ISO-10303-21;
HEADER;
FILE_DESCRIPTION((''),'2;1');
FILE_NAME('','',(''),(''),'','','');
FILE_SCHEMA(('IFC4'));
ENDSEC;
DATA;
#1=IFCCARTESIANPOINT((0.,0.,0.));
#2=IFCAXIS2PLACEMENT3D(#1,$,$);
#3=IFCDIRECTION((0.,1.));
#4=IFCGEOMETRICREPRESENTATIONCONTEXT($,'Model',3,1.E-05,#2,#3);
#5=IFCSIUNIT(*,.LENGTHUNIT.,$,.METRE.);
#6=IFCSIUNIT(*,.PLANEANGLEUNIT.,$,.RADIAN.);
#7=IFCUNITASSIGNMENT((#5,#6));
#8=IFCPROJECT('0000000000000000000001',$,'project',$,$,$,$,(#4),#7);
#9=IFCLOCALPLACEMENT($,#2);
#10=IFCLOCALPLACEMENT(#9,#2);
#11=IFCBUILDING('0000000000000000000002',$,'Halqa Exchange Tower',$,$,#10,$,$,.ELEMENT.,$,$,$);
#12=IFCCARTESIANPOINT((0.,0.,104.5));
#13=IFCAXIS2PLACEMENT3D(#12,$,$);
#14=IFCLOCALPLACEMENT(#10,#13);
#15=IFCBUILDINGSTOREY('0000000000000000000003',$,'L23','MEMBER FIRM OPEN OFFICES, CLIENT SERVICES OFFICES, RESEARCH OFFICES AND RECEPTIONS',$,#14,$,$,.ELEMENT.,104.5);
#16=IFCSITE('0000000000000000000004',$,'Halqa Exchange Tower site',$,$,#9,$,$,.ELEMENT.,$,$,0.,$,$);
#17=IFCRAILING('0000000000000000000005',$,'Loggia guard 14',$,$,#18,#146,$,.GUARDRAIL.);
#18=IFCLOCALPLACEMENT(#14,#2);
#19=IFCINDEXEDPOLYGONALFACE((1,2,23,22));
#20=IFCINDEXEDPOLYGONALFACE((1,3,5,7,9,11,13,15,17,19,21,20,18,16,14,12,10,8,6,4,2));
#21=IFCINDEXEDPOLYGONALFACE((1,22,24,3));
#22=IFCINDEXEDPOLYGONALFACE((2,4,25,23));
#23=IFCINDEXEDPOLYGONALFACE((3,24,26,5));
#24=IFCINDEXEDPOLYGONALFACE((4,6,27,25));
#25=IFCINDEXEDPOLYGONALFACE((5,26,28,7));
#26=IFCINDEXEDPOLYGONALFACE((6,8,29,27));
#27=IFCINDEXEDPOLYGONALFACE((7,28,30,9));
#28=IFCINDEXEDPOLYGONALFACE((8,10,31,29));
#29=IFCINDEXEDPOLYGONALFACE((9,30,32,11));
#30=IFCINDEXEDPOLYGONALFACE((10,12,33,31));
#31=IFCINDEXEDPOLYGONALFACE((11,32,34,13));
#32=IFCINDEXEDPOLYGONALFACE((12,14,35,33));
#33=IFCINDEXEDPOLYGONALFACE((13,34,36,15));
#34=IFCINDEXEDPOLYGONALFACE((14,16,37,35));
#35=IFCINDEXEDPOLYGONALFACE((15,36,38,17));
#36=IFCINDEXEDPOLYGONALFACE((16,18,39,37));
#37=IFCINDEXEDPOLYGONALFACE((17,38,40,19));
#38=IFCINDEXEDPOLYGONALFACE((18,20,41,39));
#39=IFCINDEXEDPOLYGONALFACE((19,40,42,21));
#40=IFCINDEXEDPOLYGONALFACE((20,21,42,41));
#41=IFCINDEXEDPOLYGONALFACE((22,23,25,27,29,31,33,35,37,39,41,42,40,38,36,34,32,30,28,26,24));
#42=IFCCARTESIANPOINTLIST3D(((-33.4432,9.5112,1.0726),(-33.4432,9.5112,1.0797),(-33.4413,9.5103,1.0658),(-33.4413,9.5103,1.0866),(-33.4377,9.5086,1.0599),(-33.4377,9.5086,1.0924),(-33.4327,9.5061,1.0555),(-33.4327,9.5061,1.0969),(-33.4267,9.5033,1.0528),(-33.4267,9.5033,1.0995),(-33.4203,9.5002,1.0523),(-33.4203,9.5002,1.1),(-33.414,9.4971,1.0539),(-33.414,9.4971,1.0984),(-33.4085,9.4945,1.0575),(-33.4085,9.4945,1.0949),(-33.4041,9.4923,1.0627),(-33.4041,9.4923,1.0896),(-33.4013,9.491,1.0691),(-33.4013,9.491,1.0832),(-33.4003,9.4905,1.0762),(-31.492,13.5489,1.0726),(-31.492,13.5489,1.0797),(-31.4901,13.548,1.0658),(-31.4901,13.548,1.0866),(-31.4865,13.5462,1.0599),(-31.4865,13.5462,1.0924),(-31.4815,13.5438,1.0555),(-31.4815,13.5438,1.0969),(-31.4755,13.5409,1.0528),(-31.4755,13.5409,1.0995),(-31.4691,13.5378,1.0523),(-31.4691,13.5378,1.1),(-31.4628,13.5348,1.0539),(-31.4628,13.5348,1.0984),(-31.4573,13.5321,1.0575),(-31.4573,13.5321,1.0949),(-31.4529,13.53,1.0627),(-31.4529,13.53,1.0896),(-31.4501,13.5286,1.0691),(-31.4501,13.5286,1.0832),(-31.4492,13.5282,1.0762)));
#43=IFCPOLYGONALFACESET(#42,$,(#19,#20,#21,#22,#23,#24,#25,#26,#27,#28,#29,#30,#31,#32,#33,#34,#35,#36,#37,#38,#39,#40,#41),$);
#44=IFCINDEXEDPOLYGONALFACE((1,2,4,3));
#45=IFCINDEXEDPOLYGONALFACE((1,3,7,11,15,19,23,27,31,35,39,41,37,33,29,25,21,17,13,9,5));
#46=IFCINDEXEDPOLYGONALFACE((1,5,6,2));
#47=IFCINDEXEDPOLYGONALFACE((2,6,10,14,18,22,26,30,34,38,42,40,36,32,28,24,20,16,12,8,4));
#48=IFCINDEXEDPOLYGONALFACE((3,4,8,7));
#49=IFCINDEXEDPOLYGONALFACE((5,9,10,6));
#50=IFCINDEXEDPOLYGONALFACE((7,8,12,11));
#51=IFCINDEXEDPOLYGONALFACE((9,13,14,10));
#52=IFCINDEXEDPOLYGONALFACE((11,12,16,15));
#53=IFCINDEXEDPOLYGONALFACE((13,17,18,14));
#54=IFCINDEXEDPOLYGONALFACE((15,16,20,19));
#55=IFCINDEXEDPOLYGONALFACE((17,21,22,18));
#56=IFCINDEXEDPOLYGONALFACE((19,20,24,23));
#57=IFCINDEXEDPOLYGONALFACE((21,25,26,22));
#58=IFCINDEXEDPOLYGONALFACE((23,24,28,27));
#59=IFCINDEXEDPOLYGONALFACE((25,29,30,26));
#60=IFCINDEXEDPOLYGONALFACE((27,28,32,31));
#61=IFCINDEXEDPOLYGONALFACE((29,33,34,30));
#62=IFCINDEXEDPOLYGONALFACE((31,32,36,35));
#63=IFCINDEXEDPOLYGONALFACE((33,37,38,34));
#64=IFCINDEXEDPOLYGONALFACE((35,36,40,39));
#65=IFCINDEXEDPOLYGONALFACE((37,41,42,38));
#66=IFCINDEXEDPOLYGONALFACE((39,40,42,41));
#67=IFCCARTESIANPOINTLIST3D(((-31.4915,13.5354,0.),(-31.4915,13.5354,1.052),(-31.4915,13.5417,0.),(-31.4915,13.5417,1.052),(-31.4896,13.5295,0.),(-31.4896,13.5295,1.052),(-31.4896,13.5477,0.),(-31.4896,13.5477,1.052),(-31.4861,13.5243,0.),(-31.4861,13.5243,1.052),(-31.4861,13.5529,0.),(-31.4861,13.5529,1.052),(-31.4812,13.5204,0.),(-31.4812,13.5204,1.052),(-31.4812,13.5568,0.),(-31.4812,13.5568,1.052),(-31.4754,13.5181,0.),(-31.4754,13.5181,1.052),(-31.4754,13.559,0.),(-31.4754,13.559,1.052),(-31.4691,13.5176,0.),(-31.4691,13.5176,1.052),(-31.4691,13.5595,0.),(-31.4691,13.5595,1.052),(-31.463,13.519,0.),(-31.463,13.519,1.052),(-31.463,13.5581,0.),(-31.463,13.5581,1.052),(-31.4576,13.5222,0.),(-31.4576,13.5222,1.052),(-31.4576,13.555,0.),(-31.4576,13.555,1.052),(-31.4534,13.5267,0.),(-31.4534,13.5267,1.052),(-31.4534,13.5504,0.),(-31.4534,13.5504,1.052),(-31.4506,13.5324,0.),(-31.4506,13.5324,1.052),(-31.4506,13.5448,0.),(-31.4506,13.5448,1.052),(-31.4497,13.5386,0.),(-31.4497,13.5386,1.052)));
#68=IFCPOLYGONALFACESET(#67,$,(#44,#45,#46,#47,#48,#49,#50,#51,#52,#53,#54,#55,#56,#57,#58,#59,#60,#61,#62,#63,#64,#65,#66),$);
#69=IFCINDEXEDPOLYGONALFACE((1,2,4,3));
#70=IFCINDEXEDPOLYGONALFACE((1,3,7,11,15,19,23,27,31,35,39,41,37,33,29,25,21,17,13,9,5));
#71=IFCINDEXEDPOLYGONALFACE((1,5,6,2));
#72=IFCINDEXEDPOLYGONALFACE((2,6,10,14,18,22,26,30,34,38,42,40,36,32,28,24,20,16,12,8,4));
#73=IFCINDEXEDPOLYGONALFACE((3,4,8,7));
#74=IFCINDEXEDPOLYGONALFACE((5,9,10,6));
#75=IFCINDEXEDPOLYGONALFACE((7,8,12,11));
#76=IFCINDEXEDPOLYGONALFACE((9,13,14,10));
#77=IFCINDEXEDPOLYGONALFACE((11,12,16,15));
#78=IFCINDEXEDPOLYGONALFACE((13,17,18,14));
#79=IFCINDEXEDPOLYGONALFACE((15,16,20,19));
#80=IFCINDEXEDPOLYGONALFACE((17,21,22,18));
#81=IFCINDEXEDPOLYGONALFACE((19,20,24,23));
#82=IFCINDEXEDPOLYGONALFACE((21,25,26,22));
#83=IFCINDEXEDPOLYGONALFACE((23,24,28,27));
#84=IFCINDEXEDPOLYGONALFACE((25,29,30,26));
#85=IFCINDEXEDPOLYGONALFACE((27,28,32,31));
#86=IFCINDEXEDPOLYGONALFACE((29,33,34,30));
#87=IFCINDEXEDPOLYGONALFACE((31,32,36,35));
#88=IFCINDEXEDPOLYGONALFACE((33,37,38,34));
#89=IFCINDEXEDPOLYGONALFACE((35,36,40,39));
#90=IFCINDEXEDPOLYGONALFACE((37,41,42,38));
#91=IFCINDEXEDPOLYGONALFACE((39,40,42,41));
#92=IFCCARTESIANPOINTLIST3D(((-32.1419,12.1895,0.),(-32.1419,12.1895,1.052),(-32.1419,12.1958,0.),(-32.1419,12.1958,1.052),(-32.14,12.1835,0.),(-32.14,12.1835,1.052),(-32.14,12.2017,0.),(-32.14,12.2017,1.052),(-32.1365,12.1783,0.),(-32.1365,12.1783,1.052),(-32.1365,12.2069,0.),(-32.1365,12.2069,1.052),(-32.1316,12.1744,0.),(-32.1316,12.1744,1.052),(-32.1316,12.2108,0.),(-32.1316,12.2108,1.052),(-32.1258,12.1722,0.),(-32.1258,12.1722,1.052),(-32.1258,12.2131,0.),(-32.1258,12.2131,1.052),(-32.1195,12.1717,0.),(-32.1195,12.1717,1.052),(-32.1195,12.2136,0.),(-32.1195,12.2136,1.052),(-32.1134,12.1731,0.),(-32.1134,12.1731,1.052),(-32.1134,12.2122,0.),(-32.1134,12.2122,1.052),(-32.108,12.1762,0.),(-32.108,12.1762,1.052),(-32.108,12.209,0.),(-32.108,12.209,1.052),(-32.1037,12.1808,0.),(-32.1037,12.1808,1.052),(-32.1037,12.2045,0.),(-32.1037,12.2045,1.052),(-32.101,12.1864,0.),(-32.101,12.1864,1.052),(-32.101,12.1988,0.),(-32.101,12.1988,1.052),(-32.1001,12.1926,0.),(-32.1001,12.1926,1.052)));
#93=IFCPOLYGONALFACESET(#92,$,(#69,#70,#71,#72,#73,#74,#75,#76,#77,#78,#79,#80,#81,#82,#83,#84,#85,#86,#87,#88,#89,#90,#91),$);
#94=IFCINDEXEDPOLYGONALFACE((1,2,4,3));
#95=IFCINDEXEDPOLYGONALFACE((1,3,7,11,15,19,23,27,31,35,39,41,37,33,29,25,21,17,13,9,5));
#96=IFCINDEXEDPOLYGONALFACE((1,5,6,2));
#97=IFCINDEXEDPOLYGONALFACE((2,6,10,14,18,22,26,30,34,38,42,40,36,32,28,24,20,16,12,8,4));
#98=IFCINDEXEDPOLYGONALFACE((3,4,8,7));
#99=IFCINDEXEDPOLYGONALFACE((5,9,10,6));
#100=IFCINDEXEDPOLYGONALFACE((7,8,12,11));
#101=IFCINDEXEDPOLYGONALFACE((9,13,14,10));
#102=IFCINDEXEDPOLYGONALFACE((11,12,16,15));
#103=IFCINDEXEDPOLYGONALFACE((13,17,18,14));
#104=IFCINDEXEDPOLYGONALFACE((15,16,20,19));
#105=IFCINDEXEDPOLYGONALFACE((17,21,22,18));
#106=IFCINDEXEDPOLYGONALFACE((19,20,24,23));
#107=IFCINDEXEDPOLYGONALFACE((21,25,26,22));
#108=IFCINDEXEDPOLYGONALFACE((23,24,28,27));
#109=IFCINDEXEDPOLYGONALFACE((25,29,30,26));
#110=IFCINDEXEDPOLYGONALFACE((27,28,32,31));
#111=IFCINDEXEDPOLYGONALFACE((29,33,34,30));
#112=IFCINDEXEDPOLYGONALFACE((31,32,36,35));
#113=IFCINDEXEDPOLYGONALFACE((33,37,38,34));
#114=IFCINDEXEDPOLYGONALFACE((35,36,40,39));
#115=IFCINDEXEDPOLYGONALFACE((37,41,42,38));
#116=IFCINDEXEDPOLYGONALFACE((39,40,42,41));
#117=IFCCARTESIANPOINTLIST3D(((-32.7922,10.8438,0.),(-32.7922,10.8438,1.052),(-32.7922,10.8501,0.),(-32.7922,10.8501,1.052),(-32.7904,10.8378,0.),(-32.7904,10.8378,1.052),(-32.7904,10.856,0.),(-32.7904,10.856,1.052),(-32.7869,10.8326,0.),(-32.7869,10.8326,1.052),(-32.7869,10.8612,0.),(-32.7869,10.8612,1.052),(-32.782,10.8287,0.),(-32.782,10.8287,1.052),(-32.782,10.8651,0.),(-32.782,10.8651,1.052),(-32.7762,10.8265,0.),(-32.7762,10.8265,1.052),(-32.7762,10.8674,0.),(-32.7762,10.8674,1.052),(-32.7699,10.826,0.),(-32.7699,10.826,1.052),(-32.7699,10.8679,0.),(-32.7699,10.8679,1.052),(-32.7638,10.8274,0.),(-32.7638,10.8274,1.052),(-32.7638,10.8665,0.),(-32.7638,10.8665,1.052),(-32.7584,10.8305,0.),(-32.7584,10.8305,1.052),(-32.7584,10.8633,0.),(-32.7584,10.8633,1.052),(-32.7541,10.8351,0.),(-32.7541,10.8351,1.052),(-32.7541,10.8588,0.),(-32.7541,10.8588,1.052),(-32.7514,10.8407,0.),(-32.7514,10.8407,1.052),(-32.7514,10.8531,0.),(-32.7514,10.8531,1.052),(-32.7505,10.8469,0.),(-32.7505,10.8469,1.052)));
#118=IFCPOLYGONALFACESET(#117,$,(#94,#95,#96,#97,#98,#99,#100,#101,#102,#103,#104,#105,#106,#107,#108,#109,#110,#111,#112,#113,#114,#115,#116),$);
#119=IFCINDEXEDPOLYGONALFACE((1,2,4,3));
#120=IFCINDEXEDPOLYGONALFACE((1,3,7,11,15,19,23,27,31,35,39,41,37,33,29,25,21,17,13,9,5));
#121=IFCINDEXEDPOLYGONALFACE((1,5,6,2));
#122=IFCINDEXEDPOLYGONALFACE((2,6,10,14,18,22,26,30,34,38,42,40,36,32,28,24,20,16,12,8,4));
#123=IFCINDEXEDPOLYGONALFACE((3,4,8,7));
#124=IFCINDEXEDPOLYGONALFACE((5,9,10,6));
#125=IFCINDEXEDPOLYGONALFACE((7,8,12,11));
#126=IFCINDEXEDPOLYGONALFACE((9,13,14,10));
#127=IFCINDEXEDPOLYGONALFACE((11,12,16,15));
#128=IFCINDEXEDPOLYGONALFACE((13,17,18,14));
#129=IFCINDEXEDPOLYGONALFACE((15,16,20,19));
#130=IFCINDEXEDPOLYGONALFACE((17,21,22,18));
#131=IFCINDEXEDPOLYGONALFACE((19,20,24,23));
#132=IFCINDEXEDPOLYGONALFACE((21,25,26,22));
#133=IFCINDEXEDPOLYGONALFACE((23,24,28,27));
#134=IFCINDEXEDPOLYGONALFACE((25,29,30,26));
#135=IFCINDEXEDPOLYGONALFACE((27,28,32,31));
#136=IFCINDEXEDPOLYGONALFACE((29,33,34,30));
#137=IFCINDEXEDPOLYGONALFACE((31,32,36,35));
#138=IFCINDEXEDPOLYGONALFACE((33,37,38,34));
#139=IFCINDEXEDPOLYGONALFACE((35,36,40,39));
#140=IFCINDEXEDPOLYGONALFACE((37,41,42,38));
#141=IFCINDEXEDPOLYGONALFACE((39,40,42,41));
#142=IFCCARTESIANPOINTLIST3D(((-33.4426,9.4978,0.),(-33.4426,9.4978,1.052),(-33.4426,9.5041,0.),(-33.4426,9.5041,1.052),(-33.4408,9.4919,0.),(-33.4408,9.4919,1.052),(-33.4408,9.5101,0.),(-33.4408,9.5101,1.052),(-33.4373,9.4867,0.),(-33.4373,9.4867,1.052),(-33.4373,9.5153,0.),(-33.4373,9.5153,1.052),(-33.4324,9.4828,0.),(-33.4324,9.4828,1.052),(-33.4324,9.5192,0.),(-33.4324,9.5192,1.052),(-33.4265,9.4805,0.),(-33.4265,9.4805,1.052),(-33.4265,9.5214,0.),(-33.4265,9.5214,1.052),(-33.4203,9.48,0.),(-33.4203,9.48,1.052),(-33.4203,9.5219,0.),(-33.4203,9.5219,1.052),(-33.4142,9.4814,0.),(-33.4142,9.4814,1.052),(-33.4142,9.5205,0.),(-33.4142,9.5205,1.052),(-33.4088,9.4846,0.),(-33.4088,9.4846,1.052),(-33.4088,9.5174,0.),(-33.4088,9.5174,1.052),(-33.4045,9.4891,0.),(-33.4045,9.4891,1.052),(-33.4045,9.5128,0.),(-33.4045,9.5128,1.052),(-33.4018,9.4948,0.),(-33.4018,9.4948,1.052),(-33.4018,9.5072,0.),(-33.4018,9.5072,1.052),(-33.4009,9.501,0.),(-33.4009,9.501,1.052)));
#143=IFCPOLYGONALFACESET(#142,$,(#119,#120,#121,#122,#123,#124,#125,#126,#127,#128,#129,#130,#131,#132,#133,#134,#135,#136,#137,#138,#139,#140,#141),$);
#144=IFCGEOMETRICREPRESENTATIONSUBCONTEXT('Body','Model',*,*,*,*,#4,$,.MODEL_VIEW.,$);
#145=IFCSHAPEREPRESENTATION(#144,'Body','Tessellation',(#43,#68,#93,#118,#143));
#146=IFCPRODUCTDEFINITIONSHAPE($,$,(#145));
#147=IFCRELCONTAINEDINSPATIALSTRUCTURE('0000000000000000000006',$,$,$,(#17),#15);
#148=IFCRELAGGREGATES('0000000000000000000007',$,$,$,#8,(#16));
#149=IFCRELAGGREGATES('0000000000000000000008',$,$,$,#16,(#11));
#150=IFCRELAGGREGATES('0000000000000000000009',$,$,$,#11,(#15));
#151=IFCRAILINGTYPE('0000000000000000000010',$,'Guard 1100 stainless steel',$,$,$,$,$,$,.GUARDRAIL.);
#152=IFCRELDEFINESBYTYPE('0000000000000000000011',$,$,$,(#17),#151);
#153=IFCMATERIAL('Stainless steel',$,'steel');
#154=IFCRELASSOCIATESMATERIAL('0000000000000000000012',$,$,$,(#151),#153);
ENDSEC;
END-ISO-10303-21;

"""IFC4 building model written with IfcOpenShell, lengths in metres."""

from ifc_helpers import new_model, si_unit, direction, frame, origin, origin_2d, place, context, subcontext, project, spatial, circle, extrude, material, type_object, element, save


model = new_model("IFC4")

# Units and contexts
model_context = context("Model", 3, precision=1e-05, world=origin(), true_north=direction((0.0, 1.0)))
body_context = subcontext(model_context, "Body", "Model", "MODEL_VIEW")
ifc_project = project(units=[si_unit("LENGTHUNIT", "METRE"), si_unit("PLANEANGLEUNIT", "RADIAN")], contexts=[model_context])

# Site, building, storey
site_placement = place(None, origin())
site = spatial("IfcSite", under=ifc_project, at=site_placement, Name="Halqa Exchange Tower site", CompositionType="ELEMENT", RefElevation=0.0)
building_placement = place(site_placement, origin())
building = spatial("IfcBuilding", under=site, at=building_placement, Name="Halqa Exchange Tower", CompositionType="ELEMENT")
storey_placement = place(building_placement, frame((0.0, 0.0, 104.5)))
storey = spatial("IfcBuildingStorey", under=building, at=storey_placement, Name="L23", Description="MEMBER FIRM OPEN OFFICES, CLIENT SERVICES OFFICES, RESEARCH OFFICES AND RECEPTIONS", CompositionType="ELEMENT", Elevation=104.5)

# Railing
ifc_material_1 = material(Name="Stainless steel", Category="steel")
railing_type = type_object("IfcRailingType", Name="Guard 1100 stainless steel", PredefinedType="GUARDRAIL", material=ifc_material_1)
railing_1_placement = place(storey_placement, frame((-31.4707, 13.5386, 0.0)))
element("IfcRailing", 1, at=railing_1_placement, inside=storey, type_object=railing_type, Name="Loggia guard 14", PredefinedType="GUARDRAIL", context=body_context, shape_type="SweptSolid", body=[
    extrude(circle(Radius=0.0239, at=origin_2d()), frame((0.0, 0.0, 1.0762), z_axis=(-0.435108, -0.900378, 0.0), x_axis=(0.900378, -0.435108, 0.0)), (0.0, 0.0, 1.0), 4.4844),
    extrude(circle(Radius=0.021, at=origin_2d()), origin(), (0.0, 0.0, 1.0), 1.052),
    extrude(circle(Radius=0.021, at=origin_2d()), frame((-0.6504, -1.3459, 0.0)), (0.0, 0.0, 1.0), 1.052),
    extrude(circle(Radius=0.021, at=origin_2d()), frame((-1.3008, -2.6917, 0.0)), (0.0, 0.0, 1.0), 1.052),
    extrude(circle(Radius=0.021, at=origin_2d()), frame((-1.9512, -4.0376, 0.0)), (0.0, 0.0, 1.0), 1.052),
])

save(model, "model.ifc")
